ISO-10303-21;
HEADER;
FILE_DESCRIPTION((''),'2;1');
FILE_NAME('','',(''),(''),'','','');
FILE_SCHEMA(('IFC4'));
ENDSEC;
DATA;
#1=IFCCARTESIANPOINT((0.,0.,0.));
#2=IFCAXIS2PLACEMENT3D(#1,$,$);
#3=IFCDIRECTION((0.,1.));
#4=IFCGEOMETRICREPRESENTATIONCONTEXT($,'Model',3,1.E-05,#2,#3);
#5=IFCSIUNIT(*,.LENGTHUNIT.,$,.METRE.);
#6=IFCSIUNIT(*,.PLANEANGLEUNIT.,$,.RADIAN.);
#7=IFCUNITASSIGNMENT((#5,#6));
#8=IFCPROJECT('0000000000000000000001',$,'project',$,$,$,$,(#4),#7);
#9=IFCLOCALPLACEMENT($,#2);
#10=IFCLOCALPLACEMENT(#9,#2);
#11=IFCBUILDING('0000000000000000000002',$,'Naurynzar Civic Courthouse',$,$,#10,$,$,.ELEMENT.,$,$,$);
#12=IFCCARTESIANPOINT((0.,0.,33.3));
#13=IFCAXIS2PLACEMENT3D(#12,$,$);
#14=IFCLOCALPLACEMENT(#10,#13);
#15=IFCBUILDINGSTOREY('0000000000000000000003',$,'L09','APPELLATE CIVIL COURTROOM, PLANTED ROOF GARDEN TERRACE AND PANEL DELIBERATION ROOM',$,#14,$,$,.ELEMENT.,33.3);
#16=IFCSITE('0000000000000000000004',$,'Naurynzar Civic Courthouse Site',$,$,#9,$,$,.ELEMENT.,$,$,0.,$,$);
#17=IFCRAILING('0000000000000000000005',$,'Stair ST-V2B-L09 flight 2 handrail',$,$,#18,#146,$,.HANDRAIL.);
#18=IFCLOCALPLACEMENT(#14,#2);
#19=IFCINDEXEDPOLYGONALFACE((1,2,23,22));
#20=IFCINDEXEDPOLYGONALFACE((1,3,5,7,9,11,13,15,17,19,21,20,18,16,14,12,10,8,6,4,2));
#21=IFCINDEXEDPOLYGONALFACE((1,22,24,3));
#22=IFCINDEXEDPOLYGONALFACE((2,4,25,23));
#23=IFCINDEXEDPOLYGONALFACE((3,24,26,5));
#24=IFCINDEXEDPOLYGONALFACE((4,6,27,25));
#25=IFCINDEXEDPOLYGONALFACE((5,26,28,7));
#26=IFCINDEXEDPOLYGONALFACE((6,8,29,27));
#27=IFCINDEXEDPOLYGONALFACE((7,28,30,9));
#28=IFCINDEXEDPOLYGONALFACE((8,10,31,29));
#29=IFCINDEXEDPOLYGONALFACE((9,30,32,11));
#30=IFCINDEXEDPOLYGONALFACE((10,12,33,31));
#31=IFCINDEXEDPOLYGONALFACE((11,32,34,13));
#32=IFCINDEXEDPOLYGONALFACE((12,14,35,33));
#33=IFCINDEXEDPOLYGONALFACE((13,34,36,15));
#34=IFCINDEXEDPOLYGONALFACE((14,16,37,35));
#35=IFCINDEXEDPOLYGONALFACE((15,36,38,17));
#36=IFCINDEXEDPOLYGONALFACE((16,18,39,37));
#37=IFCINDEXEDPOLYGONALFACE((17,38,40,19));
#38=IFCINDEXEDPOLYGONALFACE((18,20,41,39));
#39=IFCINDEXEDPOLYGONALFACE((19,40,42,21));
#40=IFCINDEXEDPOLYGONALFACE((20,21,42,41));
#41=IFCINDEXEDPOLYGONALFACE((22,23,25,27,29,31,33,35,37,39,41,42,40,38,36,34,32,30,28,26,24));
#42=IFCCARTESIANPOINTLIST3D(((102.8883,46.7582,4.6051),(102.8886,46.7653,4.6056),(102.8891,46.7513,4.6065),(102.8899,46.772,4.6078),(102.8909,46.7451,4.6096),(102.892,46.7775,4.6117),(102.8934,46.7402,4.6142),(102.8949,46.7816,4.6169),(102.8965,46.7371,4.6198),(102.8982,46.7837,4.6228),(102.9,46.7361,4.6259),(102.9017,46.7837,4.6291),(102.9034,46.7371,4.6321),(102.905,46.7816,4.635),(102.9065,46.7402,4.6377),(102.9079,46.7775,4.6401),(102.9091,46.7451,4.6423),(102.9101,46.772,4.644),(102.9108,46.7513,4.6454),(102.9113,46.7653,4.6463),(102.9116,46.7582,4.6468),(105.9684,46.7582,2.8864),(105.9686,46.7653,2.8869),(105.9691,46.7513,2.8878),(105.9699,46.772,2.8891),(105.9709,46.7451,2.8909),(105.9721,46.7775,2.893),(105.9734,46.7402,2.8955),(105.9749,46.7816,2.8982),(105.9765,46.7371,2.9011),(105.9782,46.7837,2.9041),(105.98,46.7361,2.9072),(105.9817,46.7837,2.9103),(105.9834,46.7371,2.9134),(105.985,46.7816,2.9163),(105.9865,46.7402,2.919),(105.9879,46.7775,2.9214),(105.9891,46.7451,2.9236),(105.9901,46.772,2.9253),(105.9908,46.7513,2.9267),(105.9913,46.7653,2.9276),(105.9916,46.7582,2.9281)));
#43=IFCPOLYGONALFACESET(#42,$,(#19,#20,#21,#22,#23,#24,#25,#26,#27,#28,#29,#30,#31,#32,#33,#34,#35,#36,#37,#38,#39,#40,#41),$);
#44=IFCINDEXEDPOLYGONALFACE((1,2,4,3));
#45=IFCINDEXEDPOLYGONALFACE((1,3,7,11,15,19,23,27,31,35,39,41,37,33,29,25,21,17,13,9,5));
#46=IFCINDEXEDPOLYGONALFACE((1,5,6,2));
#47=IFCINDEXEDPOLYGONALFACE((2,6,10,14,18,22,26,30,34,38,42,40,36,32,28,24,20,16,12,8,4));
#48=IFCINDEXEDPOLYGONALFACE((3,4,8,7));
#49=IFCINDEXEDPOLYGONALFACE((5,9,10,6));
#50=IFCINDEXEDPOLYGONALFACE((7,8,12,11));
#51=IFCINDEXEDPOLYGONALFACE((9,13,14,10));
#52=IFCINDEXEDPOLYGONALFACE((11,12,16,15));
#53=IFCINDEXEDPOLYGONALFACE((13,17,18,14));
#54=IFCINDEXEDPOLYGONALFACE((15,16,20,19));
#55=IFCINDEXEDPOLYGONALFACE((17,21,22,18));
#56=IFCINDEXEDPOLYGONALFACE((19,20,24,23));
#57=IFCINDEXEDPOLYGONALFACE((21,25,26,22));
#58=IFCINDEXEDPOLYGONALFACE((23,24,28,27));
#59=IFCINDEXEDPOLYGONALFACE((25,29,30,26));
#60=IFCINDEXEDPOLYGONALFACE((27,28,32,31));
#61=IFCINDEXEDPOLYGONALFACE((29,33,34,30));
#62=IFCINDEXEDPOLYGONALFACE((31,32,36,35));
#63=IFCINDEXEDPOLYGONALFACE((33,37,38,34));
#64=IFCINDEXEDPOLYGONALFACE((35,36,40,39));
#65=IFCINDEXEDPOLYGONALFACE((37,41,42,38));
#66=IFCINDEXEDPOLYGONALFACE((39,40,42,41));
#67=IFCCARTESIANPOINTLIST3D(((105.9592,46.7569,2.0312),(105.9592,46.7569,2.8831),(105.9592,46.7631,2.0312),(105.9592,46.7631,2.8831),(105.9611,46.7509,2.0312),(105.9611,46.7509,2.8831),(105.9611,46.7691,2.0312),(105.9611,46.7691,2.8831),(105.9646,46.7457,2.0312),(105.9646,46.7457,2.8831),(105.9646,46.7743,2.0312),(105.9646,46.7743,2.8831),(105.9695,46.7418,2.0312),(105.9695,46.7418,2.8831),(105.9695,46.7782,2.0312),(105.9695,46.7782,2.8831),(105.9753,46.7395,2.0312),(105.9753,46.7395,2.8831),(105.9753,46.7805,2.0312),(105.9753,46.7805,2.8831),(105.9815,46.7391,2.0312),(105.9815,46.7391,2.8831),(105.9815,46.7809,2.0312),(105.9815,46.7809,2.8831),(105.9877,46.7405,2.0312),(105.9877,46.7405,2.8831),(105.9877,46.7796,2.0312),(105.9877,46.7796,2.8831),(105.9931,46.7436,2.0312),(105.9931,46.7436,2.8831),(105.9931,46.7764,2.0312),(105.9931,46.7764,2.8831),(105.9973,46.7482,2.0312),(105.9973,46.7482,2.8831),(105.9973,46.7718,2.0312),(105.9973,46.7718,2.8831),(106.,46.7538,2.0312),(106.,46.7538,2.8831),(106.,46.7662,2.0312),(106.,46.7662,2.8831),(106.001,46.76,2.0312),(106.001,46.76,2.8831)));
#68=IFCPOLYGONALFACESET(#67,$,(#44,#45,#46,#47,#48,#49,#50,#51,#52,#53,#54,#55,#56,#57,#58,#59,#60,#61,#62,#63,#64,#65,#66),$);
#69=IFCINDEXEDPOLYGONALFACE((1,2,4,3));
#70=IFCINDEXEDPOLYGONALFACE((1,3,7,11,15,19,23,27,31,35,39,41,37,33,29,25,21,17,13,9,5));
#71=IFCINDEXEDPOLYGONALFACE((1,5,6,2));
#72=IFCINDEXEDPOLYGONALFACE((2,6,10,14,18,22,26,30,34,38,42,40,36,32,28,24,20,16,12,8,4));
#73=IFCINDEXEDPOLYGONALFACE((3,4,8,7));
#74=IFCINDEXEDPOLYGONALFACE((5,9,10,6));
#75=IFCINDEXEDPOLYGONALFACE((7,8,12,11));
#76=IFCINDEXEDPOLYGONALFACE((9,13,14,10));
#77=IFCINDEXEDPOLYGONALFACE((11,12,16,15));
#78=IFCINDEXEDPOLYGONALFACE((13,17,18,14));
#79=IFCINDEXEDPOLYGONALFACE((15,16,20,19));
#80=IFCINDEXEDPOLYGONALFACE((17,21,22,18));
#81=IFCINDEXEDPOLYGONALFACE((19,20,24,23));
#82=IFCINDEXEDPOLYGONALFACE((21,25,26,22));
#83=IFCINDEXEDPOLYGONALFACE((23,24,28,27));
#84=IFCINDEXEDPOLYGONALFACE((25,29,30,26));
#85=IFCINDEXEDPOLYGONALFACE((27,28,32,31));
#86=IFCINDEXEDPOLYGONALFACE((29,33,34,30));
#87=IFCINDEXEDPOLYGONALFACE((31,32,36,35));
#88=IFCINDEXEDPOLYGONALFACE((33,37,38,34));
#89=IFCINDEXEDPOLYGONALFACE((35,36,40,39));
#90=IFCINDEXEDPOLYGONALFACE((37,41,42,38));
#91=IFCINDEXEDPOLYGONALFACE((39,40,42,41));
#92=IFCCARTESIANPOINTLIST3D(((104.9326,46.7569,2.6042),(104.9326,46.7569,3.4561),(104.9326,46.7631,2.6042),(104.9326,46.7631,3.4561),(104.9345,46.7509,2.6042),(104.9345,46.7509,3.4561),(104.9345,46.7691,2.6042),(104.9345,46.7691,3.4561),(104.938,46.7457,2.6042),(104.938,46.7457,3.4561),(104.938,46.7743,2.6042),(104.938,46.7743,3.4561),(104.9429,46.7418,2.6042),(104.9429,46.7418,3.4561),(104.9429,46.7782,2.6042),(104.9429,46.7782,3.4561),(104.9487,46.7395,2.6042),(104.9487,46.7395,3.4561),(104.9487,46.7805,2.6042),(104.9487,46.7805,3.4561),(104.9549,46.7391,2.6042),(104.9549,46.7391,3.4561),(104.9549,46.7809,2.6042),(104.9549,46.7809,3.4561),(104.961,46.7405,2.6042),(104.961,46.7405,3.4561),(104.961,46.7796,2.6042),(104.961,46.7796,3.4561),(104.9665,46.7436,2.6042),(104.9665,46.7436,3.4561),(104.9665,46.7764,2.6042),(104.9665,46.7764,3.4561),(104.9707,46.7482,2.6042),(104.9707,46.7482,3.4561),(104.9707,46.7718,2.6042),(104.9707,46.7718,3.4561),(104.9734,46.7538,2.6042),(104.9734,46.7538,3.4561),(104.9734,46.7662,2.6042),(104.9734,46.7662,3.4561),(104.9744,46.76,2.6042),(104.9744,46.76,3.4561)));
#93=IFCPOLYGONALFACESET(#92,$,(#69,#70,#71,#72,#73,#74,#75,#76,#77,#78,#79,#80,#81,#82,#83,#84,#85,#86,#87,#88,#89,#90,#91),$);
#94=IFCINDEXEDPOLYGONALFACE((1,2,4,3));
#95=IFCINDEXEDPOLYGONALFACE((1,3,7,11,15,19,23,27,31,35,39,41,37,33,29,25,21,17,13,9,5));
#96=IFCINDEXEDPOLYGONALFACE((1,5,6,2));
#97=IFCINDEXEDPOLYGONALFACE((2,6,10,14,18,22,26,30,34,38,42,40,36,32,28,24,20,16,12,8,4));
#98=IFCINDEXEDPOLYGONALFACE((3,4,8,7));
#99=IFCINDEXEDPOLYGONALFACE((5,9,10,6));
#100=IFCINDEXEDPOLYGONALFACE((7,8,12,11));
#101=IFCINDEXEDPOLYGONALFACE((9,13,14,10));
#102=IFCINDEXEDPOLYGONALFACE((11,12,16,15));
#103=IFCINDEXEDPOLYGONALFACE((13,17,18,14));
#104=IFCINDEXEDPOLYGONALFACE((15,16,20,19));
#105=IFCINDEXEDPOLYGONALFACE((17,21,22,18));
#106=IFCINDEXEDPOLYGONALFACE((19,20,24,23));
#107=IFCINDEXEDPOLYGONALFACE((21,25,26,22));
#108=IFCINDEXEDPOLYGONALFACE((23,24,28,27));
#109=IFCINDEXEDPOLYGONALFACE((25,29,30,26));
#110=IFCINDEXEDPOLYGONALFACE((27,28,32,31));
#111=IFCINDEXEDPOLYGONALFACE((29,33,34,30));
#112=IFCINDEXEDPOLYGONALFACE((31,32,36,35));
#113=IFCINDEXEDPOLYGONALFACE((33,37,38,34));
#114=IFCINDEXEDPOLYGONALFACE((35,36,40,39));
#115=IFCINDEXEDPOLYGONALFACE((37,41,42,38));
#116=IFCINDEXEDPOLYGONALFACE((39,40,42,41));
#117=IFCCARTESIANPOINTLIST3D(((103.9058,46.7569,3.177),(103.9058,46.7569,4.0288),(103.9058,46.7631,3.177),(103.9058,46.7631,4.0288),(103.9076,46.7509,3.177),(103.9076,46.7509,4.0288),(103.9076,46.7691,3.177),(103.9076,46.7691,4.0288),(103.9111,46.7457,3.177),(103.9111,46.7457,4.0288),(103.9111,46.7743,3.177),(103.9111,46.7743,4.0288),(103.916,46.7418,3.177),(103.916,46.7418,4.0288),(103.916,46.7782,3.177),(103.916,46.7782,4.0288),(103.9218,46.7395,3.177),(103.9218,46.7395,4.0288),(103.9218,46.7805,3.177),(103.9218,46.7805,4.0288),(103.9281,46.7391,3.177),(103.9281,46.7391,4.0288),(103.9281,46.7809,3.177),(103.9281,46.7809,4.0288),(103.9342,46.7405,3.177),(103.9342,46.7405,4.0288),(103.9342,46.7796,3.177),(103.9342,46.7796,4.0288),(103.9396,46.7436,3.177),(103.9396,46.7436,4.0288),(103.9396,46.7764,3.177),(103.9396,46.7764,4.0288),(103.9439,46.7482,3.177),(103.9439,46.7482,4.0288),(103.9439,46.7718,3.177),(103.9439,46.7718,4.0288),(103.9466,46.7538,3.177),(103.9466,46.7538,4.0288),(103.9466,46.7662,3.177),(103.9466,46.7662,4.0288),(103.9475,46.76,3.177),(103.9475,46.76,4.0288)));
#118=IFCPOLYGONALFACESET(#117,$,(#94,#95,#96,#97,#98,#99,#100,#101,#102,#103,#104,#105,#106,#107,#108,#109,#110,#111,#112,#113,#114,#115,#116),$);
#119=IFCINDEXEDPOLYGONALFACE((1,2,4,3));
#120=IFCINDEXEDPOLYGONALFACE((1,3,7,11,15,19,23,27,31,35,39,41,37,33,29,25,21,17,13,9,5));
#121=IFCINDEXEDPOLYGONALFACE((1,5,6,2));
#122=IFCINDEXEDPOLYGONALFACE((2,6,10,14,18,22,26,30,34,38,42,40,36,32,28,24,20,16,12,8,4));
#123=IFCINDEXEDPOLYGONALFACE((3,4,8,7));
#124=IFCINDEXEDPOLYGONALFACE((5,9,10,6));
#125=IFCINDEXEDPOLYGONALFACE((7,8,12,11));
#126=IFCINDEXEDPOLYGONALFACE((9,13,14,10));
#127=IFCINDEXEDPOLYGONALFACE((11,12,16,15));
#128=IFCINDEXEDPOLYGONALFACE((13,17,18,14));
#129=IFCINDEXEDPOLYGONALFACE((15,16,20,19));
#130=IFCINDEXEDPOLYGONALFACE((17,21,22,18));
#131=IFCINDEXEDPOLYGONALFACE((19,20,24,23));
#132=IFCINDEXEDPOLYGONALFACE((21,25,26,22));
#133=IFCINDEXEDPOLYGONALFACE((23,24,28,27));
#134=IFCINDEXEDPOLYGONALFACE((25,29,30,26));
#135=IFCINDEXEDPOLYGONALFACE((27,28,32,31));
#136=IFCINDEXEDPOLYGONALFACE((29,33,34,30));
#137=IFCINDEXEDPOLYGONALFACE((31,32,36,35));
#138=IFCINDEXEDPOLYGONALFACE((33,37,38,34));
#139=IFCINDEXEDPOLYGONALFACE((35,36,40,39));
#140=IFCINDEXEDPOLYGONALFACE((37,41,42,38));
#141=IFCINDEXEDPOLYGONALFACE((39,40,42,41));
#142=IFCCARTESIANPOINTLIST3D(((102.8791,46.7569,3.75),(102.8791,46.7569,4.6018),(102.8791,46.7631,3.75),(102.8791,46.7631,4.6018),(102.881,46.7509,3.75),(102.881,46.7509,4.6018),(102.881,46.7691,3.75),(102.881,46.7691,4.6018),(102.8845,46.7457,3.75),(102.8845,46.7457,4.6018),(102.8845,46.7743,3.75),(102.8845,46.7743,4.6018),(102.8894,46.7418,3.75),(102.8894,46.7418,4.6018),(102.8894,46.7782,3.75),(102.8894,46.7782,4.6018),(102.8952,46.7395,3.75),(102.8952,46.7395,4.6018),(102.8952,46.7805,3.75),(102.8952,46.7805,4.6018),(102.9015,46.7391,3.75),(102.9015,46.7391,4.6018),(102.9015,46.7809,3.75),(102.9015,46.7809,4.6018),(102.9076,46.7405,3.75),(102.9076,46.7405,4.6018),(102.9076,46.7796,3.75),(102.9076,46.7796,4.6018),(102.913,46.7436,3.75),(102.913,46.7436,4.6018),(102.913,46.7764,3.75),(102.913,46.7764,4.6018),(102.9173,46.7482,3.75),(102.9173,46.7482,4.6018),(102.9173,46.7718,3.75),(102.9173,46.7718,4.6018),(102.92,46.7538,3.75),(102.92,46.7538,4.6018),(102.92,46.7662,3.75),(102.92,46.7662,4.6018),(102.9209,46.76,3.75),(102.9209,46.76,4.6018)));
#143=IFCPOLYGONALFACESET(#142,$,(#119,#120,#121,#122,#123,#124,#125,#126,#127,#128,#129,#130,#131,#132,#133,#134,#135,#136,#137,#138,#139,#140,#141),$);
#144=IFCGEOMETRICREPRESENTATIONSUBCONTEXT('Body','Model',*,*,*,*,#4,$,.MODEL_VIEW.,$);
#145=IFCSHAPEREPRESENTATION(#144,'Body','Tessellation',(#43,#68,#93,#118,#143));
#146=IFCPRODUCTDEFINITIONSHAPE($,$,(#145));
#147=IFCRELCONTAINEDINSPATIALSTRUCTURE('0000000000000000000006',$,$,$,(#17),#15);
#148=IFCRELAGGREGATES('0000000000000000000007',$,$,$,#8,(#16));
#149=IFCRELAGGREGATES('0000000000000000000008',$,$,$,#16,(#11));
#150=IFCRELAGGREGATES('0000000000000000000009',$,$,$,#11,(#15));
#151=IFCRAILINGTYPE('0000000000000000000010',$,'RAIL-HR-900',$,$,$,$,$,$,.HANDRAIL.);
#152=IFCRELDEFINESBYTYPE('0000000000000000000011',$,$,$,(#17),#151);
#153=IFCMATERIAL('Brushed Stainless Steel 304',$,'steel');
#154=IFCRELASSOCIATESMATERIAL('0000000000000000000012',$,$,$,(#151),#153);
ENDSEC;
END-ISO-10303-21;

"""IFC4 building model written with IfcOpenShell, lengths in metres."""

from ifc_helpers import new_model, si_unit, direction, frame, origin, origin_2d, place, context, subcontext, project, spatial, circle, extrude, material, type_object, element, save


model = new_model("IFC4")

# Units and contexts
model_context = context("Model", 3, precision=1e-05, world=origin(), true_north=direction((0.0, 1.0)))
body_context = subcontext(model_context, "Body", "Model", "MODEL_VIEW")
ifc_project = project(units=[si_unit("LENGTHUNIT", "METRE"), si_unit("PLANEANGLEUNIT", "RADIAN")], contexts=[model_context])

# Site, building, storey
site_placement = place(None, origin())
site = spatial("IfcSite", under=ifc_project, at=site_placement, Name="Naurynzar Civic Courthouse Site", CompositionType="ELEMENT", RefElevation=0.0)
building_placement = place(site_placement, origin())
building = spatial("IfcBuilding", under=site, at=building_placement, Name="Naurynzar Civic Courthouse", CompositionType="ELEMENT")
storey_placement = place(building_placement, frame((0.0, 0.0, 33.3)))
storey = spatial("IfcBuildingStorey", under=building, at=storey_placement, Name="L09", Description="APPELLATE CIVIL COURTROOM, PLANTED ROOF GARDEN TERRACE AND PANEL DELIBERATION ROOM", CompositionType="ELEMENT", Elevation=33.3)

# Railing
ifc_material_1 = material(Name="Brushed Stainless Steel 304", Category="steel")
railing_type_1 = type_object("IfcRailingType", Name="RAIL-HR-900", PredefinedType="HANDRAIL", material=ifc_material_1)
railing_1_placement = place(storey_placement, frame((105.98, 46.76, 2.0312)))
element("IfcRailing", 1, at=railing_1_placement, inside=storey, type_object=railing_type_1, Name="Stair ST-V2B-L09 flight 2 handrail", PredefinedType="HANDRAIL", context=body_context, shape_type="SweptSolid", body=[
    extrude(circle(Radius=0.0239, at=origin_2d()), frame((0.0, 0.0, 0.876), z_axis=(-0.873242, 0.0, 0.487288), x_axis=(0.0, -1.0, 0.0)), (0.0, 0.0, 1.0), 3.5271),
    extrude(circle(Radius=0.021, at=origin_2d()), origin(), (0.0, 0.0, 1.0), 0.8518),
    extrude(circle(Radius=0.021, at=origin_2d()), frame((-1.0266, 0.0, 0.573)), (0.0, 0.0, 1.0), 0.8518),
    extrude(circle(Radius=0.021, at=origin_2d()), frame((-2.0535, 0.0, 1.1458)), (0.0, 0.0, 1.0), 0.8518),
    extrude(circle(Radius=0.021, at=origin_2d()), frame((-3.0801, 0.0, 1.7188)), (0.0, 0.0, 1.0), 0.8518),
])

save(model, "model.ifc")
